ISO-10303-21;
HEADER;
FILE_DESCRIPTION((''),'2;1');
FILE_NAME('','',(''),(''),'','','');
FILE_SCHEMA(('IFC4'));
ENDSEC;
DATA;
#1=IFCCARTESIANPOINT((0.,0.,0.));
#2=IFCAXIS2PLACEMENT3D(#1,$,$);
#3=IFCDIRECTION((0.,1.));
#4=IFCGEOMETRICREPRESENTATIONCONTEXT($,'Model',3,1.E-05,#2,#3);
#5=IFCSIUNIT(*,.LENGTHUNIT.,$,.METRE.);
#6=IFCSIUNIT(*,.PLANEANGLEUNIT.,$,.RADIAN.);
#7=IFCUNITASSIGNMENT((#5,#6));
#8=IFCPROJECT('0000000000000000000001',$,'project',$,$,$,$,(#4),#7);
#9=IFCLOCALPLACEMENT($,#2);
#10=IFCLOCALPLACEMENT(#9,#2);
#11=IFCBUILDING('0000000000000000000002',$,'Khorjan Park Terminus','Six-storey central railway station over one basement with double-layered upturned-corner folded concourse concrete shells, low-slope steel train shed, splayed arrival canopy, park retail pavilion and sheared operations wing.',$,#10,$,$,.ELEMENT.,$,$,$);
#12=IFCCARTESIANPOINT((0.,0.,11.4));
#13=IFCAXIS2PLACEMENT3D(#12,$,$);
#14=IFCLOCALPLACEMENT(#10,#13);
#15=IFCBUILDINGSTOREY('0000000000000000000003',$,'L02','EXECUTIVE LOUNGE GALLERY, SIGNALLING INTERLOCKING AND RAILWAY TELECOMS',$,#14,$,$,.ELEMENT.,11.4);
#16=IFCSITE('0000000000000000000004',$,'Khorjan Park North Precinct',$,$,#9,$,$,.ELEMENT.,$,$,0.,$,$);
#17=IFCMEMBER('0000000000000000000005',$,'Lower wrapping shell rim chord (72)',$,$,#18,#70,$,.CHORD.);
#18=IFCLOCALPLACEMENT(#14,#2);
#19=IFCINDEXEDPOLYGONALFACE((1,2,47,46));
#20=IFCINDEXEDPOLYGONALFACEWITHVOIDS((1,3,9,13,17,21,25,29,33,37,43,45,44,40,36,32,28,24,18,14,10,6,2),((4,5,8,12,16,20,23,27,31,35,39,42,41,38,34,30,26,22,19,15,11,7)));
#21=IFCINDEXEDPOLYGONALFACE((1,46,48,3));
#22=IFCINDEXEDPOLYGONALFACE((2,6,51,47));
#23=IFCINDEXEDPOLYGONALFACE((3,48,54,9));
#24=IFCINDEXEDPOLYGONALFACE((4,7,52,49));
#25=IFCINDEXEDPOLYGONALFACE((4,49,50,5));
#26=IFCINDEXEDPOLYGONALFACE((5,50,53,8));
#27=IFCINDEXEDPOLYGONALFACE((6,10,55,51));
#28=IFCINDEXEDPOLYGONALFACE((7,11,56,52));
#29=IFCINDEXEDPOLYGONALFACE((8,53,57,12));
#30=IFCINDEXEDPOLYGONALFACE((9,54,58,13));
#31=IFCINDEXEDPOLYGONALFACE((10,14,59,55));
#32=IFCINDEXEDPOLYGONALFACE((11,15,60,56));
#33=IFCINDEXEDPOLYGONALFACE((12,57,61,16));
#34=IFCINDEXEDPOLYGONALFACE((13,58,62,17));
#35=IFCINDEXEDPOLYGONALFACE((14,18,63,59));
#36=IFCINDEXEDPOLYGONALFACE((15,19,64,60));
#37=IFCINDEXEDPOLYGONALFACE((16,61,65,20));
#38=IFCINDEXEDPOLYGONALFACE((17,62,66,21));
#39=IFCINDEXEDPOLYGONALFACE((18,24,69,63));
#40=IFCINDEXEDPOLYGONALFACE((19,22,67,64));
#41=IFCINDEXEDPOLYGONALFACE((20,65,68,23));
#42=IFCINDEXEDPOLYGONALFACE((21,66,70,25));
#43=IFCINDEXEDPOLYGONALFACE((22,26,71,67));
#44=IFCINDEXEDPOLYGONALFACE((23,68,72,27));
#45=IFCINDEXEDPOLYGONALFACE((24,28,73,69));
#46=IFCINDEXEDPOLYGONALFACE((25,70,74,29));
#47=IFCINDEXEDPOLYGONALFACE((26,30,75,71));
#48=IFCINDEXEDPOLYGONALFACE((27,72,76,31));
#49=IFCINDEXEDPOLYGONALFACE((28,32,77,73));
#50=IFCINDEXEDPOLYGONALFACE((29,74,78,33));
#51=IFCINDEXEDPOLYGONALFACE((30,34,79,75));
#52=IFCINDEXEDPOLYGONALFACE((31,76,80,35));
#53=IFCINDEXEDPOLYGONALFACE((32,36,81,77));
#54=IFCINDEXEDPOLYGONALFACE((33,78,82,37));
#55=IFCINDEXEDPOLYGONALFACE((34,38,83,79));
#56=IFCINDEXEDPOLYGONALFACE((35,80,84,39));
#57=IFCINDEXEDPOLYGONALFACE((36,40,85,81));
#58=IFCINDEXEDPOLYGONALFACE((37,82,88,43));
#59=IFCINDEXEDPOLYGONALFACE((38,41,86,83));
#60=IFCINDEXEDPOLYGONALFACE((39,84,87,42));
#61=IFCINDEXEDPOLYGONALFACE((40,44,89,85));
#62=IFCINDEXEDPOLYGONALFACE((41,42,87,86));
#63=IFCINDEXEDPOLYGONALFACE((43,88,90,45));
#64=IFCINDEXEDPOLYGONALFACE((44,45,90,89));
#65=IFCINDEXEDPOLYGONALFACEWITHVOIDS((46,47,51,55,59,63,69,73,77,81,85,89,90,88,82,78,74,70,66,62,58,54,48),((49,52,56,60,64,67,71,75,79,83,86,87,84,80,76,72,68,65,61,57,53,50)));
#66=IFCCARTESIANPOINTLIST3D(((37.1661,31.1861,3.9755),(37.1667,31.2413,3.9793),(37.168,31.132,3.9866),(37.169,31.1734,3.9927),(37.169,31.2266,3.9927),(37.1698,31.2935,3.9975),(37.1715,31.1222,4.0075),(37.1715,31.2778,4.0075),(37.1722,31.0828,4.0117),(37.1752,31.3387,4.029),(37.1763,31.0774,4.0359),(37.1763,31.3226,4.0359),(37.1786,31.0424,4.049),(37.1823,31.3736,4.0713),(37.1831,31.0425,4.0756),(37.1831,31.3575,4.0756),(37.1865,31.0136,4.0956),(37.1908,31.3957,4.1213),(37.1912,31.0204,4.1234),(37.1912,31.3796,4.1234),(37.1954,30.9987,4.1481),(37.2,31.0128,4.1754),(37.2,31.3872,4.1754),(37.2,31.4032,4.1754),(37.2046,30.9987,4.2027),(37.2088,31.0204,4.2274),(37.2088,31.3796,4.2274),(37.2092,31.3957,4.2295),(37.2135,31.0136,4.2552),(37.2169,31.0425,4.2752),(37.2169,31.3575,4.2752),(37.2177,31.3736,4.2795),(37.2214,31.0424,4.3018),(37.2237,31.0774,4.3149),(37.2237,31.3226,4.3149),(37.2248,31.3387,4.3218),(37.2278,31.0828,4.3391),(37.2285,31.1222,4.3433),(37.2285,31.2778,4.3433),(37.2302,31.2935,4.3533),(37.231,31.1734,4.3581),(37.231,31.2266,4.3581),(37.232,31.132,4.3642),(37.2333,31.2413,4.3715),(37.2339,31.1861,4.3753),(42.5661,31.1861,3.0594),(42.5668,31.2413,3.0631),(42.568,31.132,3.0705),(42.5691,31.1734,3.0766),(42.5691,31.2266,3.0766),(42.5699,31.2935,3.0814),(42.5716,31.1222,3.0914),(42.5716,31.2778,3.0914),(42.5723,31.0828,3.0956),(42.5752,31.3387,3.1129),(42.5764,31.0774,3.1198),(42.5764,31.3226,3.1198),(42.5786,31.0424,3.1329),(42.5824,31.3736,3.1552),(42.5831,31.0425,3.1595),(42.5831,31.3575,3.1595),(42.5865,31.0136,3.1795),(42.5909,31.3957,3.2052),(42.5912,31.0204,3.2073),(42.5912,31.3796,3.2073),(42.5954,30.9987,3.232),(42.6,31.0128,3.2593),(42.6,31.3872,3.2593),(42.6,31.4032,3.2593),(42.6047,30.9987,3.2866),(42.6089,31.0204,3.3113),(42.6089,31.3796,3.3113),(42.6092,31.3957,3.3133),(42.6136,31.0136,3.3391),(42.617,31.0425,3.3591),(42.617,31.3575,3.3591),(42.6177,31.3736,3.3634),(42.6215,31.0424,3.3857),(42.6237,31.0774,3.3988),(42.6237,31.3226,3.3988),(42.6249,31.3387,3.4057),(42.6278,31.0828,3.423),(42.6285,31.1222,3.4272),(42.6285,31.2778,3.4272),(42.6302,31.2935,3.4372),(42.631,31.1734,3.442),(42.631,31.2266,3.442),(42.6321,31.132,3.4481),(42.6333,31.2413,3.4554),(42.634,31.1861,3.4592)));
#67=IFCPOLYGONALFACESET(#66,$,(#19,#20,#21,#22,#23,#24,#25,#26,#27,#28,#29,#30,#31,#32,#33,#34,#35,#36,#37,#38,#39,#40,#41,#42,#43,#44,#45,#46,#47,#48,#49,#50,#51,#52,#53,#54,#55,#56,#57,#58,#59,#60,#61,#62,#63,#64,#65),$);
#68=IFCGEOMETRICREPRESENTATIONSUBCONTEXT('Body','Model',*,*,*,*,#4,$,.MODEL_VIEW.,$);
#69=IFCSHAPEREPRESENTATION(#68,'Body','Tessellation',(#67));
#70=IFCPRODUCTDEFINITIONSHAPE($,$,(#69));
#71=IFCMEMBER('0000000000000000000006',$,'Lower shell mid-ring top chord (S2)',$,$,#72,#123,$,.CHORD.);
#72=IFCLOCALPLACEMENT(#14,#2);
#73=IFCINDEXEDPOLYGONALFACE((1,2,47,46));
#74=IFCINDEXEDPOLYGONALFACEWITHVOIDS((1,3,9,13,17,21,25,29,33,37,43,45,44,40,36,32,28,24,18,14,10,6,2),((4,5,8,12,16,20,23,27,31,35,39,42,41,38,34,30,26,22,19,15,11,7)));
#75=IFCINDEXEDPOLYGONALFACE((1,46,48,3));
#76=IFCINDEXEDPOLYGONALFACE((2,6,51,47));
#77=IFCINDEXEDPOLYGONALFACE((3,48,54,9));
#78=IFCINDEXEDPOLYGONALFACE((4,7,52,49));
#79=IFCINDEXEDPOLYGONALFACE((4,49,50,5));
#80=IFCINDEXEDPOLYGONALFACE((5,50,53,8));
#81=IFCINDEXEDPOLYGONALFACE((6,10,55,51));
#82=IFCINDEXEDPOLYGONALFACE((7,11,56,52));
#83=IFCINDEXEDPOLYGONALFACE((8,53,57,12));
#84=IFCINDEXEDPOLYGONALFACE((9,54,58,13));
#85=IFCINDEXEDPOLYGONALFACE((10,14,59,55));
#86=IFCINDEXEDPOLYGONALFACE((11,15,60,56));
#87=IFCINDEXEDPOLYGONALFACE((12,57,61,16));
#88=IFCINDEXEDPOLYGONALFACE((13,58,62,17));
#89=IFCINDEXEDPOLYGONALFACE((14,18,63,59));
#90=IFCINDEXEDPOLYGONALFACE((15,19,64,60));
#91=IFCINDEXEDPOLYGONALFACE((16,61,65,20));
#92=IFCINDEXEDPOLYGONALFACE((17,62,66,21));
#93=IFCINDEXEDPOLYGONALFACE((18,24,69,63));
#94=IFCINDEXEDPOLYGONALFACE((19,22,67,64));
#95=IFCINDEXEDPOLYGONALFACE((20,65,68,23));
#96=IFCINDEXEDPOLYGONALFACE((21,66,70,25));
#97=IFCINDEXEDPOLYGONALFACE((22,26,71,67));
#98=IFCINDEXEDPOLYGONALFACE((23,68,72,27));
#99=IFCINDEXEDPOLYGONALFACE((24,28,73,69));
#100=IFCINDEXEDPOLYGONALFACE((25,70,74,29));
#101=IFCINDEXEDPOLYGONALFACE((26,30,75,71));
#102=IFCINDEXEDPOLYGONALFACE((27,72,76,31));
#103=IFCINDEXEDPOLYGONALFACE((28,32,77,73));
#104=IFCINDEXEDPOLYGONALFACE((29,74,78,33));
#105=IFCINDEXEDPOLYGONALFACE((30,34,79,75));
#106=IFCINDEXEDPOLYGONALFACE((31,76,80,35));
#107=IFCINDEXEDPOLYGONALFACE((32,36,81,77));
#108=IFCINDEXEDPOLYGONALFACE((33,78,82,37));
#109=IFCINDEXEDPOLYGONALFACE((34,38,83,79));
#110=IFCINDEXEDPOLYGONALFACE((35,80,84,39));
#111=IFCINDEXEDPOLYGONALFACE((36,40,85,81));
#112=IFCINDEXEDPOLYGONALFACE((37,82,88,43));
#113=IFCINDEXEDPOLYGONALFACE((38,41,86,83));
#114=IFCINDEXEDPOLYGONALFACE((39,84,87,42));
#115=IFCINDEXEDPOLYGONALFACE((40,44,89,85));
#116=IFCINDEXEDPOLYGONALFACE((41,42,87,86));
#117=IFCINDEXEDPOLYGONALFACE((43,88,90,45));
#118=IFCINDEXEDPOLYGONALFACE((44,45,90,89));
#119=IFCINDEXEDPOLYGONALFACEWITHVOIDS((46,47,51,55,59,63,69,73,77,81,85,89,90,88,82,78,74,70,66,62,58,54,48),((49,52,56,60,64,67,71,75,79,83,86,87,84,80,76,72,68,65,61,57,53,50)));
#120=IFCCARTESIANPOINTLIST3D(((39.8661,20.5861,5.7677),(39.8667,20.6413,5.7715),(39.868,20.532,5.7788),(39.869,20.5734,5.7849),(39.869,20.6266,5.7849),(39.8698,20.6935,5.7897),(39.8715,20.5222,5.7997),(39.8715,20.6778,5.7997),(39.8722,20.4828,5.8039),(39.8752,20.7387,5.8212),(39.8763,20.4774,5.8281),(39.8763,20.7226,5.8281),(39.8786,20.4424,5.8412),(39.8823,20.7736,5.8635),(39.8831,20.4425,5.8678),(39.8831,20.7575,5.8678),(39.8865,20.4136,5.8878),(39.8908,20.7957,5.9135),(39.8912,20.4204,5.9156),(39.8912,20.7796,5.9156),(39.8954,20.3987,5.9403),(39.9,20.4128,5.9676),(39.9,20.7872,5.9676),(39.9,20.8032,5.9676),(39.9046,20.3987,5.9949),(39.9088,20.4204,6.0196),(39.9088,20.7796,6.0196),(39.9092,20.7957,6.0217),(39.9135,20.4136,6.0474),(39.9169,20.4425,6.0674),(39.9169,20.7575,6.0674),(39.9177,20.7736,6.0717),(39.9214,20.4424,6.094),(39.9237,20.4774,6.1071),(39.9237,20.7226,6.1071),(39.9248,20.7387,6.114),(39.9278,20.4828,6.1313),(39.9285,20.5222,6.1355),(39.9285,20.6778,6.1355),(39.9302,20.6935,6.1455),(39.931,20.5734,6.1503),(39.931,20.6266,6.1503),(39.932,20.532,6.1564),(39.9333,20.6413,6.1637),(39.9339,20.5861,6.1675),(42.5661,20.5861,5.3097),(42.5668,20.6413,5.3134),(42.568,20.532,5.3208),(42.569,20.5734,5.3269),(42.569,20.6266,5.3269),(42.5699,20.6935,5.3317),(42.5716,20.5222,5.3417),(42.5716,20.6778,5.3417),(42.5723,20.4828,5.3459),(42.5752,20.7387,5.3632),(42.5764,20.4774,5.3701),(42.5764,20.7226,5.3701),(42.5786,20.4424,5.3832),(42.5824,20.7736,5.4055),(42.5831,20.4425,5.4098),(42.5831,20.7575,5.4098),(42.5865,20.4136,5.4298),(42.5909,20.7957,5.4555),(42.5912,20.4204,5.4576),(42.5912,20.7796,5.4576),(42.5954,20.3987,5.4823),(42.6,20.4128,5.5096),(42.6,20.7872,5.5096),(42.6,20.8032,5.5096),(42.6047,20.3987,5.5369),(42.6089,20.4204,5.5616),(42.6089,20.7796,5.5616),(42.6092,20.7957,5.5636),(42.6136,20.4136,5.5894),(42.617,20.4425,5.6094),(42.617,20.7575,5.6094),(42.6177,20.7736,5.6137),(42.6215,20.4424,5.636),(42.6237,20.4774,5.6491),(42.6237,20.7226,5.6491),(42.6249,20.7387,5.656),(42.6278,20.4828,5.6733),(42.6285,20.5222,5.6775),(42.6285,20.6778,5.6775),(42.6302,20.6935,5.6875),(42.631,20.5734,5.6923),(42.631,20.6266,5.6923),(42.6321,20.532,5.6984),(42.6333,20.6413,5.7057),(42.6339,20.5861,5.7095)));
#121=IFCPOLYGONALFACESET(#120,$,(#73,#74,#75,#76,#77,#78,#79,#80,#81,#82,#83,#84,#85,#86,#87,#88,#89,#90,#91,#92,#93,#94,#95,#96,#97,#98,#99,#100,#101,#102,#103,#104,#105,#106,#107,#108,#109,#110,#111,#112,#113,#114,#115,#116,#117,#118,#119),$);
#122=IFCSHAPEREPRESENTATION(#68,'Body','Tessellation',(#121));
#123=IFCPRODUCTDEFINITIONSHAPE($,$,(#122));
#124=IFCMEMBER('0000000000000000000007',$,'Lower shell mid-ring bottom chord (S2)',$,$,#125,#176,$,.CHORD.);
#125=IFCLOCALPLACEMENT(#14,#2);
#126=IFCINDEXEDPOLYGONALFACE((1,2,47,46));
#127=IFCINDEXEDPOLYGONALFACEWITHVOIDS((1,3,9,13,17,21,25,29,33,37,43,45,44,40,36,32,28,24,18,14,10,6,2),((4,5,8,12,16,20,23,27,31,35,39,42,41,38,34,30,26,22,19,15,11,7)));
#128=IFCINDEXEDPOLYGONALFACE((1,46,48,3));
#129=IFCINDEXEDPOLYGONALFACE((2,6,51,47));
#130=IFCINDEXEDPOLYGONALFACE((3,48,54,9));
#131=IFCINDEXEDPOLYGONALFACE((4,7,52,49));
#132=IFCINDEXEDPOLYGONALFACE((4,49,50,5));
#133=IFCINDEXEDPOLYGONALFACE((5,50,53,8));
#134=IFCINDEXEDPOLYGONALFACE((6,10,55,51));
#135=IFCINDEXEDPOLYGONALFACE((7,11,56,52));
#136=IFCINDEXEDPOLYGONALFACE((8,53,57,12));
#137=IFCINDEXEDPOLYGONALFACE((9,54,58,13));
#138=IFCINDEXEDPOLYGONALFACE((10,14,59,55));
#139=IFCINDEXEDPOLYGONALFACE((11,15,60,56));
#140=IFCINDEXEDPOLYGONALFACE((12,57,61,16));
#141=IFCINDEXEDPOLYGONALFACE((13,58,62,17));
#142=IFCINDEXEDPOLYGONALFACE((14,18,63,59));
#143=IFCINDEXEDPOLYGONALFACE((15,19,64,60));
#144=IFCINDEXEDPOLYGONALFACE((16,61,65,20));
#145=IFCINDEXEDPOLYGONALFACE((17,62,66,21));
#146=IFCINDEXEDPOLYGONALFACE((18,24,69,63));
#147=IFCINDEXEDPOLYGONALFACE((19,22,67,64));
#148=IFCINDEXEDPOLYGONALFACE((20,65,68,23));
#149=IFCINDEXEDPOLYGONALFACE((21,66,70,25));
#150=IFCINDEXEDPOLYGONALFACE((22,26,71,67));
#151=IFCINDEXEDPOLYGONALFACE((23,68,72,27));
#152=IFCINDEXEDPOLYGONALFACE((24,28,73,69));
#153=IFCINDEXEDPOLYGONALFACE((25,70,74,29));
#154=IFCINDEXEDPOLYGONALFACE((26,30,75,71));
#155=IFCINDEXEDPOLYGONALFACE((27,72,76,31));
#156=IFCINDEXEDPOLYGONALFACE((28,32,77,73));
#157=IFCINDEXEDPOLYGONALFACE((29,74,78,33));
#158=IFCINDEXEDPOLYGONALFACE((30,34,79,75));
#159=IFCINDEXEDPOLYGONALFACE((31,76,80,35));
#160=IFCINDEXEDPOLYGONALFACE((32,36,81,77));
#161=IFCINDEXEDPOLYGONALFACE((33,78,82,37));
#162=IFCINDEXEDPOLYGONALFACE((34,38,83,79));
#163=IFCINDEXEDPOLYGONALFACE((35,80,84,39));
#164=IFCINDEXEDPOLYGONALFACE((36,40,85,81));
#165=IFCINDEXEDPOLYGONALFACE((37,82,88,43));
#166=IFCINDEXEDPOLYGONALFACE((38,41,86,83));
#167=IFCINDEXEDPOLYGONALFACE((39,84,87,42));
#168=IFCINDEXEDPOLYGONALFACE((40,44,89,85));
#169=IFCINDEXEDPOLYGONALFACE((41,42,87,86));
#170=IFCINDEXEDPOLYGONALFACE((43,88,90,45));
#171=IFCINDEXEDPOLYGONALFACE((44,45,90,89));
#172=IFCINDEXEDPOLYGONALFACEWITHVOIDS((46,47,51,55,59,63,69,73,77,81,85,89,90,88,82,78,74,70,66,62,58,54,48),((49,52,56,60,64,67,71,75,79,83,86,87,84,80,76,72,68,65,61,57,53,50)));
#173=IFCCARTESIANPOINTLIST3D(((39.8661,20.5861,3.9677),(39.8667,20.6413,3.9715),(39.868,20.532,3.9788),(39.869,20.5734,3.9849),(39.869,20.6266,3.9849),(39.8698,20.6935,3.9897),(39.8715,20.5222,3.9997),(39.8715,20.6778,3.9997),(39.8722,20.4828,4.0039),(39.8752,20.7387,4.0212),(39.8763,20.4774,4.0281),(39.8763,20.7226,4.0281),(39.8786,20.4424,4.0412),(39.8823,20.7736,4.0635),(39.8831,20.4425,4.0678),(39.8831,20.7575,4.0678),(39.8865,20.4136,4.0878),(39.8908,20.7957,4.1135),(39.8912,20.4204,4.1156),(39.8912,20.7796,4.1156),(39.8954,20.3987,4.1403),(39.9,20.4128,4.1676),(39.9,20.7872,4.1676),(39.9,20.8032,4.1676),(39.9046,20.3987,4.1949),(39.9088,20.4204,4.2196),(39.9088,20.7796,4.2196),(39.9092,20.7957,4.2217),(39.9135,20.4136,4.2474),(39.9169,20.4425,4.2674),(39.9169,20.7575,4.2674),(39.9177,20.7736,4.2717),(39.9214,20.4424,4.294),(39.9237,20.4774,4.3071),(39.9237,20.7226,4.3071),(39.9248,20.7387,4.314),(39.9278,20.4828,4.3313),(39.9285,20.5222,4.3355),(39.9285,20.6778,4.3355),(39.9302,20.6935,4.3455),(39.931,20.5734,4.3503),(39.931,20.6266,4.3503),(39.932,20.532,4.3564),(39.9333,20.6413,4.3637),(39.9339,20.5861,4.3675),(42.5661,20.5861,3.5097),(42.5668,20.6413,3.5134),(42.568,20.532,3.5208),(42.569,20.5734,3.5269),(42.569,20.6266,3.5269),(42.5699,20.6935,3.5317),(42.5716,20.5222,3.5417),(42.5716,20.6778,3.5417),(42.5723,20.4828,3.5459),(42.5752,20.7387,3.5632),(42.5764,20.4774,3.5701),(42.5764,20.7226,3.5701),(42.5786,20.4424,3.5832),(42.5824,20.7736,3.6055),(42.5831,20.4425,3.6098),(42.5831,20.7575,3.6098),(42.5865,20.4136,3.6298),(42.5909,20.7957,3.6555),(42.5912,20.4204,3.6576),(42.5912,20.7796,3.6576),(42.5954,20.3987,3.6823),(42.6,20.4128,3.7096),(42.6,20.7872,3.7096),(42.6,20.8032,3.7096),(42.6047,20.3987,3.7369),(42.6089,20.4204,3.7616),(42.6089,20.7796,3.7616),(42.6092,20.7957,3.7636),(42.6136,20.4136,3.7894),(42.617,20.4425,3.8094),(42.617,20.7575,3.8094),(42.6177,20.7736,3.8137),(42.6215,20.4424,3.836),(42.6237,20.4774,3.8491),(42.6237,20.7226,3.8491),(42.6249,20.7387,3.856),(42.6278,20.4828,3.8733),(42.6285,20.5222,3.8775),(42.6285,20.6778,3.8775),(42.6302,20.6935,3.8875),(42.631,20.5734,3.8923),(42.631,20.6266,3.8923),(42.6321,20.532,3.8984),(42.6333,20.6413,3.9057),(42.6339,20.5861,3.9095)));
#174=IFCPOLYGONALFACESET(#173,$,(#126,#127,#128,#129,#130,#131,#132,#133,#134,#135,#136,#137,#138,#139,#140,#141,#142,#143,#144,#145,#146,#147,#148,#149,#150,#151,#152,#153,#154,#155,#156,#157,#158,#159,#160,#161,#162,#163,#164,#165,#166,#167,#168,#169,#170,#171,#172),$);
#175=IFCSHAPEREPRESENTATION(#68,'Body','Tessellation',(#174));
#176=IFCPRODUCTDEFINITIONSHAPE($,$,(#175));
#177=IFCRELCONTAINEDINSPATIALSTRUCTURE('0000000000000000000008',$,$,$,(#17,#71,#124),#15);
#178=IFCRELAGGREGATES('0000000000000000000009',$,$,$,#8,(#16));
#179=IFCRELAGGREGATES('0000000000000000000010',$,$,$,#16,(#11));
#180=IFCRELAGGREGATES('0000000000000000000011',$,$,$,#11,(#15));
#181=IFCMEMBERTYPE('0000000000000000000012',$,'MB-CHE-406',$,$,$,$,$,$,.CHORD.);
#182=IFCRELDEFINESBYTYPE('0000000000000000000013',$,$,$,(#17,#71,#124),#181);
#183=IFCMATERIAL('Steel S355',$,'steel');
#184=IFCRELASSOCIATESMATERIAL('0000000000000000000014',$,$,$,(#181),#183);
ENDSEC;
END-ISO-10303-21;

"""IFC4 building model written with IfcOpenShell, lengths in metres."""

from ifc_helpers import new_model, si_unit, direction, frame, origin, origin_2d, place, context, subcontext, project, spatial, hollow_circle, extrude, material, material_profile, profile_set, type_object, element, save


model = new_model("IFC4")

# Units and contexts
model_context = context("Model", 3, precision=1e-05, world=origin(), true_north=direction((0.0, 1.0)))
body_context = subcontext(model_context, "Body", "Model", "MODEL_VIEW")
ifc_project = project(units=[si_unit("LENGTHUNIT", "METRE"), si_unit("PLANEANGLEUNIT", "RADIAN")], contexts=[model_context])

# Site, building, storey
site_placement = place(None, origin())
site = spatial("IfcSite", under=ifc_project, at=site_placement, Name="Khorjan Park North Precinct", CompositionType="ELEMENT", RefElevation=0.0)
building_placement = place(site_placement, origin())
building = spatial("IfcBuilding", under=site, at=building_placement, Name="Khorjan Park Terminus", Description="Six-storey central railway station over one basement with double-layered upturned-corner folded concourse concrete shells, low-slope steel train shed, splayed arrival canopy, park retail pavilion and sheared operations wing.", CompositionType="ELEMENT")
storey_placement = place(building_placement, frame((0.0, 0.0, 11.4)))
storey = spatial("IfcBuildingStorey", under=building, at=storey_placement, Name="L02", Description="EXECUTIVE LOUNGE GALLERY, SIGNALLING INTERLOCKING AND RAILWAY TELECOMS", CompositionType="ELEMENT", Elevation=11.4)

# Members
ifc_material_1 = material(Name="Steel S355", Category="steel")
ifc_material_profile_1 = material_profile(ifc_material_1, hollow_circle(Radius=0.2032, WallThickness=0.016, at=origin_2d()), Name="CHS 406.4x16")
ifc_profile_set_1 = profile_set([ifc_material_profile_1], Name="Steel S355")
member_type_1 = type_object("IfcMemberType", Name="MB-CHE-406", PredefinedType="CHORD", material=ifc_profile_set_1)
for number, where, z_axis, x_axis, name in (
    (1, (37.2, 31.2, 4.1754), (0.985913, 0.0, -0.167258), (0.0, 1.0, 0.0), "Lower wrapping shell rim chord (72)"),
):
    element("IfcMember", number, at=place(storey_placement, frame(where, z_axis=z_axis, x_axis=x_axis)), inside=storey, type_object=member_type_1, Name=name, PredefinedType="CHORD", context=body_context, shape_type="SweptSolid", body=[
        extrude(hollow_circle(Radius=0.2032, WallThickness=0.016, at=origin_2d()), origin(), (0.0, 0.0, 1.0), 5.4772),
    ])
for number, where, z_axis, x_axis, name in (
    (2, (39.9, 20.6, 5.9676), (0.985916, 0.0, -0.167241), (0.0, 1.0, 0.0), "Lower shell mid-ring top chord (S2)"),
    (3, (39.9, 20.6, 4.1676), (0.985916, 0.0, -0.167241), (0.0, 1.0, 0.0), "Lower shell mid-ring bottom chord (S2)"),
):
    element("IfcMember", number, at=place(storey_placement, frame(where, z_axis=z_axis, x_axis=x_axis)), inside=storey, type_object=member_type_1, Name=name, PredefinedType="CHORD", context=body_context, shape_type="SweptSolid", body=[
        extrude(hollow_circle(Radius=0.2032, WallThickness=0.016, at=origin_2d()), origin(), (0.0, 0.0, 1.0), 2.7386),
    ])

save(model, "model.ifc")
